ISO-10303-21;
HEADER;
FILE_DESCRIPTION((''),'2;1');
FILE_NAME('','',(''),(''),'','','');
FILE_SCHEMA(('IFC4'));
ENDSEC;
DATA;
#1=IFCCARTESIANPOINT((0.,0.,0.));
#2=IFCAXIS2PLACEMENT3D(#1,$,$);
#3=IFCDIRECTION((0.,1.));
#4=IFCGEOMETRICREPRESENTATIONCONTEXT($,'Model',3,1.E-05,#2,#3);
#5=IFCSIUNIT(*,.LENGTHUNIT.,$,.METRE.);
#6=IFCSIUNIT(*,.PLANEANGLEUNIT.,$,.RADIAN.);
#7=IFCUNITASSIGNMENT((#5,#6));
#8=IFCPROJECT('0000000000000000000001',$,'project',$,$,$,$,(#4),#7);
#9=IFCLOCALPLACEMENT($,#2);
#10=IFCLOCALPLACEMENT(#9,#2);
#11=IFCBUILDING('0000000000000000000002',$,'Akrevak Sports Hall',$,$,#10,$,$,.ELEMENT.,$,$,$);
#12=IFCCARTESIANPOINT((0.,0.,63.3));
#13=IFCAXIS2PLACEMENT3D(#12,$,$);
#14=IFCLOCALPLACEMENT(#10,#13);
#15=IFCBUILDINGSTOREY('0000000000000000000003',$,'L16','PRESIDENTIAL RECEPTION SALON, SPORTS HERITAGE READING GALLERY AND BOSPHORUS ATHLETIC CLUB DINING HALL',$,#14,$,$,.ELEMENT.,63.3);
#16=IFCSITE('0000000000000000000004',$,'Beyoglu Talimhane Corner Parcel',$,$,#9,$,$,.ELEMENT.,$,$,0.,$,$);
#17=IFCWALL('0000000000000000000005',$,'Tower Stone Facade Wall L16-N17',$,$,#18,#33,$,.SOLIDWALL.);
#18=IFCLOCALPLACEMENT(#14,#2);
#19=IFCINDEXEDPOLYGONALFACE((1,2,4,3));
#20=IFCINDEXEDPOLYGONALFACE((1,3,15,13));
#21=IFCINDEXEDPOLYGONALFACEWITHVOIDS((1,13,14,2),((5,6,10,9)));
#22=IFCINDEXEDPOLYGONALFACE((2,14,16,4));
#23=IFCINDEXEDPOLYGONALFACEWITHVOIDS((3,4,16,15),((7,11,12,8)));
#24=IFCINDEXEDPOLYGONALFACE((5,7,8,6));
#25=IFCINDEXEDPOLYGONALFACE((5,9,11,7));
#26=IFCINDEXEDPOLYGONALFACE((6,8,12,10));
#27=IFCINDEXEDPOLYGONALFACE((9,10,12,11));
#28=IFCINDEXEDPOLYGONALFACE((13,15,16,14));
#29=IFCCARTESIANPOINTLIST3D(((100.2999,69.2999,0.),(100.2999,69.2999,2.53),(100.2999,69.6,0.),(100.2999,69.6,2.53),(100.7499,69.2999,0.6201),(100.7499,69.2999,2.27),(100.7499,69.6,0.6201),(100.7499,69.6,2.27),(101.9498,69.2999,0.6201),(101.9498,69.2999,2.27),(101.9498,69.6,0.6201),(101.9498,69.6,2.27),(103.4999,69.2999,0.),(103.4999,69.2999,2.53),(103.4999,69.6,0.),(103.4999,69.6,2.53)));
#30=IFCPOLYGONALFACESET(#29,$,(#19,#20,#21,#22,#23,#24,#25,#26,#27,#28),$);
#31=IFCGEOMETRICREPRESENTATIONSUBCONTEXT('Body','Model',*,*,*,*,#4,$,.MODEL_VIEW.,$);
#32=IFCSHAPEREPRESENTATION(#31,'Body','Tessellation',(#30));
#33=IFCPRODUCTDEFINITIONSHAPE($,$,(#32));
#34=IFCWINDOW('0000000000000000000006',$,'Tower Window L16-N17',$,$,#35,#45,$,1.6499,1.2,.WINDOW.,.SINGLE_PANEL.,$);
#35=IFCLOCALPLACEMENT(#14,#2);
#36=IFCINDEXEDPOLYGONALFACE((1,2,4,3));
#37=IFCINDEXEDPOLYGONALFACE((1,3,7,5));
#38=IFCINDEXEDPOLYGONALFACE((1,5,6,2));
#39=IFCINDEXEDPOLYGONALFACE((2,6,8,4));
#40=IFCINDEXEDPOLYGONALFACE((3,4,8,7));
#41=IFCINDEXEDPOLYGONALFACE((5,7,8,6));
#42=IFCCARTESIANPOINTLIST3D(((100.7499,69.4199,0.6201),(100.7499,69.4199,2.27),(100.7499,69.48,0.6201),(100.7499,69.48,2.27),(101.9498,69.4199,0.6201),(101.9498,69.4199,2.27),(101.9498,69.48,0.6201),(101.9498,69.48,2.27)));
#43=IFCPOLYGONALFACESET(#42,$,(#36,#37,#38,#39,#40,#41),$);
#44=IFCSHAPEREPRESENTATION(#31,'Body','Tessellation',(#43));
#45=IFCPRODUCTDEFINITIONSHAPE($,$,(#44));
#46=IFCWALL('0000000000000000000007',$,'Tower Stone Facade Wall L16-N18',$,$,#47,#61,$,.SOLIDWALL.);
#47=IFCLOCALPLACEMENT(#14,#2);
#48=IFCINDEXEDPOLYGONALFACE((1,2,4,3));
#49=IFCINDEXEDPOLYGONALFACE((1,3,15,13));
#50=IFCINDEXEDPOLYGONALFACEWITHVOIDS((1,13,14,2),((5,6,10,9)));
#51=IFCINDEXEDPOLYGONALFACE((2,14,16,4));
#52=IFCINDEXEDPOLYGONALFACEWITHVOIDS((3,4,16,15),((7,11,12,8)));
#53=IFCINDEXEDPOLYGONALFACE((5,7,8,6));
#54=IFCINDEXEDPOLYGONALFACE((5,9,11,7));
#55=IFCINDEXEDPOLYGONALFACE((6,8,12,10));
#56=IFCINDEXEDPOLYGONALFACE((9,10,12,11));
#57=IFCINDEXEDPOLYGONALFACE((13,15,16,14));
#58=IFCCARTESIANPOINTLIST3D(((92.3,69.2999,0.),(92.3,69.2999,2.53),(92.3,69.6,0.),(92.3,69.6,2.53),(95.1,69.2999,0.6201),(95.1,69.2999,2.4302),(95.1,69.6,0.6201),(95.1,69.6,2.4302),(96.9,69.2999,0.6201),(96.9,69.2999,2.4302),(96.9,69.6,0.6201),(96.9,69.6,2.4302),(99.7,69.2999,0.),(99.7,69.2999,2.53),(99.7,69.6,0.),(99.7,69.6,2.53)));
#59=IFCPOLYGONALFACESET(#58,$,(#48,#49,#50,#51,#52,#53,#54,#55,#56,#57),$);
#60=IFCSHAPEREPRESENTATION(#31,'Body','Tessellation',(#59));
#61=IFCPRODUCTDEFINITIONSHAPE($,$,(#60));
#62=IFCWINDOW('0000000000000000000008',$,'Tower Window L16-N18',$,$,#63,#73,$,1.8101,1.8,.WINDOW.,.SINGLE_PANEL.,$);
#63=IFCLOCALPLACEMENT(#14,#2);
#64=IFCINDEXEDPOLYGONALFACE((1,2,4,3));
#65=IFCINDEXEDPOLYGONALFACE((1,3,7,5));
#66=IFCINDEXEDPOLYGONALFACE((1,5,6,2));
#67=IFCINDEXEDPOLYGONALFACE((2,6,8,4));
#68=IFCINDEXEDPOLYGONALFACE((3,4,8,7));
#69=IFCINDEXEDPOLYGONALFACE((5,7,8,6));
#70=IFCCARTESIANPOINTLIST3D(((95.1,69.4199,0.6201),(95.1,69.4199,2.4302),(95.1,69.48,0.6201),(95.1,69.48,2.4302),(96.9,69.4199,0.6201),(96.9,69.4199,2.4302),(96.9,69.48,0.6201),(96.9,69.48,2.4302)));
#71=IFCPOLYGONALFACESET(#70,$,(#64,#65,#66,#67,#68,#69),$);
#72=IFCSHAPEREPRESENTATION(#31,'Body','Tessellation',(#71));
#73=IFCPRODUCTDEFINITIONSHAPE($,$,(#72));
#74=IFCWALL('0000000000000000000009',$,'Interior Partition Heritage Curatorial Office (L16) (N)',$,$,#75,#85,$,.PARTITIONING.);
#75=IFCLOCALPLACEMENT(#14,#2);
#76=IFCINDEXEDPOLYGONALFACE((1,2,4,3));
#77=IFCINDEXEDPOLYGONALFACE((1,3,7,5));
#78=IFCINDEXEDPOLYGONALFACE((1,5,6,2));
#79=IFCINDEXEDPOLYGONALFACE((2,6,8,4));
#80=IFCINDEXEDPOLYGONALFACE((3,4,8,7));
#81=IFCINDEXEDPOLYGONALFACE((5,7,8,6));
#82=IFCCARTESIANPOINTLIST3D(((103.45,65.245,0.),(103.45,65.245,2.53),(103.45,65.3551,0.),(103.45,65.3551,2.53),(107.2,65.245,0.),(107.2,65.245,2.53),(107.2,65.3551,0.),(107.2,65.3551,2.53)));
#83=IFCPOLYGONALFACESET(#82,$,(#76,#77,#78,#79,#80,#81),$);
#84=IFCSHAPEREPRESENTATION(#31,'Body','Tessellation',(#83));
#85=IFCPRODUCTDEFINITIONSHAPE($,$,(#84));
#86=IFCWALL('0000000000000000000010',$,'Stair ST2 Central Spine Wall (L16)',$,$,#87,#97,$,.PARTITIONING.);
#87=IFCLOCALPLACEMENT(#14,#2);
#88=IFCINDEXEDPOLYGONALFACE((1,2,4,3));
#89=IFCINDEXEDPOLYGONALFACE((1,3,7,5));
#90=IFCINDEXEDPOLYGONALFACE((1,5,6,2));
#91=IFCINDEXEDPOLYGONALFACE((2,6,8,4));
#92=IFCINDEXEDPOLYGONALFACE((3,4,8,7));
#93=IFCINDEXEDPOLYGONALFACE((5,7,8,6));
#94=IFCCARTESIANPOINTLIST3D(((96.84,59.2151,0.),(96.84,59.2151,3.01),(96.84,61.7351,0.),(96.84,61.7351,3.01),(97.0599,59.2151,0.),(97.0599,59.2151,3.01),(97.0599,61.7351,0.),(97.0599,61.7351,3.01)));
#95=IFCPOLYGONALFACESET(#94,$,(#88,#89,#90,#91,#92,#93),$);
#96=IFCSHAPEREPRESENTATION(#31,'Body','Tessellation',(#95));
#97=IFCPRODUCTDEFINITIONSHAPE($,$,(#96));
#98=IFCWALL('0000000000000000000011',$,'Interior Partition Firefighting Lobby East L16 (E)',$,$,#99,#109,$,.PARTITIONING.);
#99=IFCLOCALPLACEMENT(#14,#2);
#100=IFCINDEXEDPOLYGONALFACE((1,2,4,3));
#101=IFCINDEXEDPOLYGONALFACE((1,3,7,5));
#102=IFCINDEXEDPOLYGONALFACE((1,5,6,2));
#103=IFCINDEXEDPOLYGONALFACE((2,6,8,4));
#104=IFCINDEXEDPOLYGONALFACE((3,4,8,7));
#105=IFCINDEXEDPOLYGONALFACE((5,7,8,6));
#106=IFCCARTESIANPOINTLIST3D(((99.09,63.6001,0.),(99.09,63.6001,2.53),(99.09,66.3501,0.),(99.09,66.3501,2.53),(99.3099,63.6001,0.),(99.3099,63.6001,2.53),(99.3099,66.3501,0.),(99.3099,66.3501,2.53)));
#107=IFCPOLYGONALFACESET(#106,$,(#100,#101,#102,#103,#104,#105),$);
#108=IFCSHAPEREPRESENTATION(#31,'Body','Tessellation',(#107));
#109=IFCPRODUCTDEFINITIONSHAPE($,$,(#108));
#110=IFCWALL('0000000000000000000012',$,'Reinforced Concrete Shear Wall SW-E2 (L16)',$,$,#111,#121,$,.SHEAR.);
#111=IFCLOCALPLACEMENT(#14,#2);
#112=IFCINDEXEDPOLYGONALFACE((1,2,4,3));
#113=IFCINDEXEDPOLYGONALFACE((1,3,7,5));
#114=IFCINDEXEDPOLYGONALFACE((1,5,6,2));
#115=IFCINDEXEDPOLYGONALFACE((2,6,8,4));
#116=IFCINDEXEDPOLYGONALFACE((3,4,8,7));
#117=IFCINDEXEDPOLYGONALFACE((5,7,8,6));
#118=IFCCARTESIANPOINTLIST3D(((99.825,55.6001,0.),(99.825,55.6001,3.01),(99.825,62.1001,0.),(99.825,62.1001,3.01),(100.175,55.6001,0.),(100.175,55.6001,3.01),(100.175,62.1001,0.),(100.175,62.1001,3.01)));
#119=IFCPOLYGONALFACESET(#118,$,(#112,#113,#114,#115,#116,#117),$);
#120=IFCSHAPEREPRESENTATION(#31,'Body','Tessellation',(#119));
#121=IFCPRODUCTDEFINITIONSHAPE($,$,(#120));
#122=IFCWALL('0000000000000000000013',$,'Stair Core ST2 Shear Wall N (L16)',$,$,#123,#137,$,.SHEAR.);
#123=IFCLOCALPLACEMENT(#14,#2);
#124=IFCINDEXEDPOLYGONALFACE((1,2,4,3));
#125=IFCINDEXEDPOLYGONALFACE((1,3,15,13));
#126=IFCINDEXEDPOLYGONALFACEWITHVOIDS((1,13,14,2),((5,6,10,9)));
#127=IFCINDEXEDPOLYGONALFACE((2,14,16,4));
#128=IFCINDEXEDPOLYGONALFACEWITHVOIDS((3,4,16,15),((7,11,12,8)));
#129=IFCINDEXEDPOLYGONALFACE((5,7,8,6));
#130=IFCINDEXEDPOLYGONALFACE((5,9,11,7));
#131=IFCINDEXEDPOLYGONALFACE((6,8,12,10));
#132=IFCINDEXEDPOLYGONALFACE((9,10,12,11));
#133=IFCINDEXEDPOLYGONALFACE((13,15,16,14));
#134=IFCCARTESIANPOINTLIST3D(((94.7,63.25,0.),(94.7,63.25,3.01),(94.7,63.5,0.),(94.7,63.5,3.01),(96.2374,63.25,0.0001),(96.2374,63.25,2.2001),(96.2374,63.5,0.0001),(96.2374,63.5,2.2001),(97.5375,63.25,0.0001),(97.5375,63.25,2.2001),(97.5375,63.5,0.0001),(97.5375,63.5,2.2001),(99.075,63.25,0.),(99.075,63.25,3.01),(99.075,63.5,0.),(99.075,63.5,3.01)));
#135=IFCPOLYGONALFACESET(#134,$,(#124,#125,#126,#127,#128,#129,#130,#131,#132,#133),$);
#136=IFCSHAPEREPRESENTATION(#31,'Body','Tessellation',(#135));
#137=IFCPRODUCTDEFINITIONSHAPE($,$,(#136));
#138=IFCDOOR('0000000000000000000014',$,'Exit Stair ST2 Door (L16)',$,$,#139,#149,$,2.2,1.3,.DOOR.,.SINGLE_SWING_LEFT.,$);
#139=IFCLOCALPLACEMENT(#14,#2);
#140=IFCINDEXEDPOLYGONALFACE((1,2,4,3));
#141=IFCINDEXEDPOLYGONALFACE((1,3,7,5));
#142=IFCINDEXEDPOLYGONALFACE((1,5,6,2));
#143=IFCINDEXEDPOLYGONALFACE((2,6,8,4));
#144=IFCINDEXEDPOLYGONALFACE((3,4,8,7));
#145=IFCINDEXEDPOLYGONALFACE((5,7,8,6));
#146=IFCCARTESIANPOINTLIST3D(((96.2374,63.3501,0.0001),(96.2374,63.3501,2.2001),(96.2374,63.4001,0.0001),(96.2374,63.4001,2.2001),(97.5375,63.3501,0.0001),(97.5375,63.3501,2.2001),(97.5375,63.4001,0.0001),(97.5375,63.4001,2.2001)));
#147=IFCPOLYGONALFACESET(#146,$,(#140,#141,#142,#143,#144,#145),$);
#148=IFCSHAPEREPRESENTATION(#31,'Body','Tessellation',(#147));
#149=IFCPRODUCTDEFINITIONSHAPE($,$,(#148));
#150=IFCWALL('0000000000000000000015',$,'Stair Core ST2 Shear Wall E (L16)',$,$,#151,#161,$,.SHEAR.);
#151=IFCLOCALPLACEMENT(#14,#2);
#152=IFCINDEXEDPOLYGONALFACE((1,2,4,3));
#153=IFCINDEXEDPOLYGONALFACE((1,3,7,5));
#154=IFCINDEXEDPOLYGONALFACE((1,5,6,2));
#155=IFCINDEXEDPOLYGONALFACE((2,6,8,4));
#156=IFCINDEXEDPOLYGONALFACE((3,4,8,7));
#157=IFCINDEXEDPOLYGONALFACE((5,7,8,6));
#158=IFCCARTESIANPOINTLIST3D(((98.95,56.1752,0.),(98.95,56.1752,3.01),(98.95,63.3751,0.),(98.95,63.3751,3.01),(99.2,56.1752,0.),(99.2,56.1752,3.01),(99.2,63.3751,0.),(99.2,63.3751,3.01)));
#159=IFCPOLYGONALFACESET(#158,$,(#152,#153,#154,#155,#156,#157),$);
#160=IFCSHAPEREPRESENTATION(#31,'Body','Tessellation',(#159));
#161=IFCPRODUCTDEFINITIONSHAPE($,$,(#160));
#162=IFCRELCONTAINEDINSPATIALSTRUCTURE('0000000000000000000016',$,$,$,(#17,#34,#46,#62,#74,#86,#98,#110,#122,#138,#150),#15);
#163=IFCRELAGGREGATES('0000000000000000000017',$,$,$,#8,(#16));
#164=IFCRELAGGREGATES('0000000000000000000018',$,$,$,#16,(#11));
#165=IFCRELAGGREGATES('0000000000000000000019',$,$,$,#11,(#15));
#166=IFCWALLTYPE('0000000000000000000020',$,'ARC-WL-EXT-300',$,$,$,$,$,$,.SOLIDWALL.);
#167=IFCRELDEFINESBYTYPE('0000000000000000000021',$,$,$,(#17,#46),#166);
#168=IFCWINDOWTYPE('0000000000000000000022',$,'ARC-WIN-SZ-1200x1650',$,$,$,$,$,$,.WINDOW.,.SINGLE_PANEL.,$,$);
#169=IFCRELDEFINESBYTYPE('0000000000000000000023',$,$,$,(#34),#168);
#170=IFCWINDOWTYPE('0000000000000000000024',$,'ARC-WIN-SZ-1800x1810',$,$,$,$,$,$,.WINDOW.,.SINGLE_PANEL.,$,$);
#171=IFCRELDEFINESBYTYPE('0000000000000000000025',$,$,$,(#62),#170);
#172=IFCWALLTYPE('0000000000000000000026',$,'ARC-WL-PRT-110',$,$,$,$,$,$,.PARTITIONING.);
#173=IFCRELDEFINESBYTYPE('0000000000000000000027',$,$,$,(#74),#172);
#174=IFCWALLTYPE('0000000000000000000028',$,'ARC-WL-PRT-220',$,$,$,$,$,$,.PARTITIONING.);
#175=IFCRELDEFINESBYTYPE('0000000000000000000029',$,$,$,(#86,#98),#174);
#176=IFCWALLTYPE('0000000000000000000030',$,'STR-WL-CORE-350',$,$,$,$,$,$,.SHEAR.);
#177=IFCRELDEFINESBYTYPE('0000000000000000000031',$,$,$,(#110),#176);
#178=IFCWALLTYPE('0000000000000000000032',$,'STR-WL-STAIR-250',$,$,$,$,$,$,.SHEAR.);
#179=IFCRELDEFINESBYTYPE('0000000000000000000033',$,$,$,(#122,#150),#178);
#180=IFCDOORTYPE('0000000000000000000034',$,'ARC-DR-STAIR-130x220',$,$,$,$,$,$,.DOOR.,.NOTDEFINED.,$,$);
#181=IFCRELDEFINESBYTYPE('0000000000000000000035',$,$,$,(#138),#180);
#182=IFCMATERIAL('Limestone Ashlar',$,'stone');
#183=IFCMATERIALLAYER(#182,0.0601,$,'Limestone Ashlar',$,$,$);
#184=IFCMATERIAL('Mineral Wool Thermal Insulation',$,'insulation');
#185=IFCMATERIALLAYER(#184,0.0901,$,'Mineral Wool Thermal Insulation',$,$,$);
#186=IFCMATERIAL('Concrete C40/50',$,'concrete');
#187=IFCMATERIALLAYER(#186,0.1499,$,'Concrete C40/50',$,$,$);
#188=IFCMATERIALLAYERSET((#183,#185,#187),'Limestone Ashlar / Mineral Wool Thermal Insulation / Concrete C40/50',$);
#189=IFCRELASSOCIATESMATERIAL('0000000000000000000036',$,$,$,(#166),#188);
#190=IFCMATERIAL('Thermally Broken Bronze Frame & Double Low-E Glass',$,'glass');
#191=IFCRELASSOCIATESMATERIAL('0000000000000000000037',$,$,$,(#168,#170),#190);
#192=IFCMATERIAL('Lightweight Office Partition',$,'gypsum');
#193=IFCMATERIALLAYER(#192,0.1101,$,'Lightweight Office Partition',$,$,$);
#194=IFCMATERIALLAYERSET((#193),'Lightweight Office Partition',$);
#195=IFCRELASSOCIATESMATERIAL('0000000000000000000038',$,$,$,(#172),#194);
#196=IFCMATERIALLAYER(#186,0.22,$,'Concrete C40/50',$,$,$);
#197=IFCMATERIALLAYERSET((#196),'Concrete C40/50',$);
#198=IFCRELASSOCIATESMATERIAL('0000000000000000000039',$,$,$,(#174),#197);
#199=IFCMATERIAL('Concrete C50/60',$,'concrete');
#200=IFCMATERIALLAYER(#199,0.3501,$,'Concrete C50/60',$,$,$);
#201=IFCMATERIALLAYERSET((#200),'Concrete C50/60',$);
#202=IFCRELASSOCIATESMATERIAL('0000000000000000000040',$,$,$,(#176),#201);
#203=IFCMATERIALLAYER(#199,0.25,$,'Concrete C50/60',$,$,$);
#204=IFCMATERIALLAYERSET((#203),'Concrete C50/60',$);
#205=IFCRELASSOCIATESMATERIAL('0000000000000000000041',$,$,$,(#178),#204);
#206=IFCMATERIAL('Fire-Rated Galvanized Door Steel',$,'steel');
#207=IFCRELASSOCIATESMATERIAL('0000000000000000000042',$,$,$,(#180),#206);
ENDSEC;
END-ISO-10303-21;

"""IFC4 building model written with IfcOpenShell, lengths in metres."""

from ifc_helpers import new_model, si_unit, direction, frame, frame_2d, origin, place, context, subcontext, project, spatial, rectangle, extrude, material, layer, layer_set, type_object, element, fill, save


model = new_model("IFC4")

# Units and contexts
model_context = context("Model", 3, precision=1e-05, world=origin(), true_north=direction((0.0, 1.0)))
body_context = subcontext(model_context, "Body", "Model", "MODEL_VIEW")
ifc_project = project(units=[si_unit("LENGTHUNIT", "METRE"), si_unit("PLANEANGLEUNIT", "RADIAN")], contexts=[model_context])

# Site, building, storey
site_placement = place(None, origin())
site = spatial("IfcSite", under=ifc_project, at=site_placement, Name="Beyoglu Talimhane Corner Parcel", CompositionType="ELEMENT", RefElevation=0.0)
building_placement = place(site_placement, origin())
building = spatial("IfcBuilding", under=site, at=building_placement, Name="Akrevak Sports Hall", CompositionType="ELEMENT")
storey_placement = place(building_placement, frame((0.0, 0.0, 63.3)))
storey = spatial("IfcBuildingStorey", under=building, at=storey_placement, Name="L16", Description="PRESIDENTIAL RECEPTION SALON, SPORTS HERITAGE READING GALLERY AND BOSPHORUS ATHLETIC CLUB DINING HALL", CompositionType="ELEMENT", Elevation=63.3)

# Shared definitions
ifc_material_1 = material(Name="Concrete C40/50", Category="concrete")

# Shared definitions
ifc_material_2 = material(Name="Limestone Ashlar", Category="stone")
ifc_layer_1 = layer(ifc_material_2, 0.0601, Name="Limestone Ashlar")
ifc_material_3 = material(Name="Mineral Wool Thermal Insulation", Category="insulation")
ifc_layer_2 = layer(ifc_material_3, 0.0901, Name="Mineral Wool Thermal Insulation")
ifc_layer_3 = layer(ifc_material_1, 0.1499, Name="Concrete C40/50")
ifc_layer_set_1 = layer_set([ifc_layer_1, ifc_layer_2, ifc_layer_3], Name="Limestone Ashlar / Mineral Wool Thermal Insulation / Concrete C40/50")
wall_type_1 = type_object("IfcWallType", Name="ARC-WL-EXT-300", PredefinedType="SOLIDWALL", material=ifc_layer_set_1)
ifc_material_4 = material(Name="Thermally Broken Bronze Frame & Double Low-E Glass", Category="glass")
window_type_1 = type_object("IfcWindowType", Name="ARC-WIN-SZ-1200x1650", PartitioningType="SINGLE_PANEL", PredefinedType="WINDOW", material=ifc_material_4)

# Walls, openings, windows
wall_1_placement = place(storey_placement, frame((103.5, 69.45, 0.0), z_axis=(0.0, 0.0, 1.0), x_axis=(-1.0, 0.0, 0.0)))
wall_1 = element("IfcWall", 1, at=wall_1_placement, inside=storey, type_object=wall_type_1, Name="Tower Stone Facade Wall L16-N17", PredefinedType="SOLIDWALL", context=body_context, shape_type="SweptSolid", body=[
    extrude(rectangle(XDim=3.2, YDim=0.3, at=frame_2d((1.6001, 0.0))), origin(), (0.0, 0.0, 1.0), 2.53),
])
opening_1_placement = place(wall_1_placement, frame((1.55, 0.0, 0.6201)))
opening_1 = element("IfcOpeningElement", 2, at=opening_1_placement, cuts=wall_1, PredefinedType="OPENING", context=body_context, shape_type="SweptSolid", body=[
    extrude(rectangle(XDim=1.2, YDim=1.6499, at=frame_2d((0.6001, 0.825))), frame((0.0, 0.1621, 0.0), z_axis=(0.0, -1.0, 0.0), x_axis=(1.0, 0.0, 0.0)), (0.0, 0.0, 1.0), 0.324),
])
window_1_placement = place(opening_1_placement, origin())
window_1 = element("IfcWindow", 3, at=window_1_placement, inside=storey, type_object=window_type_1, Name="Tower Window L16-N17", OverallHeight=1.6499, OverallWidth=1.2, PartitioningType="SINGLE_PANEL", PredefinedType="WINDOW", context=body_context, shape_type="SweptSolid", body=[
    extrude(rectangle(XDim=1.2, YDim=1.6499, at=frame_2d((0.6001, 0.825))), frame((0.0, 0.03, 0.0), z_axis=(0.0, -1.0, 0.0), x_axis=(1.0, 0.0, 0.0)), (0.0, 0.0, 1.0), 0.0601),
])
fill(opening_1, window_1)
wall_2_placement = place(storey_placement, frame((99.7, 69.45, 0.0), z_axis=(0.0, 0.0, 1.0), x_axis=(-1.0, 0.0, 0.0)))
wall_2 = element("IfcWall", 4, at=wall_2_placement, inside=storey, type_object=wall_type_1, Name="Tower Stone Facade Wall L16-N18", PredefinedType="SOLIDWALL", context=body_context, shape_type="SweptSolid", body=[
    extrude(rectangle(XDim=7.3999, YDim=0.3, at=frame_2d((3.7, 0.0))), origin(), (0.0, 0.0, 1.0), 2.53),
])
opening_2_placement = place(wall_2_placement, frame((2.8, 0.0, 0.6201)))
opening_2 = element("IfcOpeningElement", 5, at=opening_2_placement, cuts=wall_2, PredefinedType="OPENING", context=body_context, shape_type="SweptSolid", body=[
    extrude(rectangle(XDim=1.8, YDim=1.8101, at=frame_2d((0.8999, 0.905))), frame((0.0, 0.1621, 0.0), z_axis=(0.0, -1.0, 0.0), x_axis=(1.0, 0.0, 0.0)), (0.0, 0.0, 1.0), 0.324),
])
window_type_2 = type_object("IfcWindowType", Name="ARC-WIN-SZ-1800x1810", PartitioningType="SINGLE_PANEL", PredefinedType="WINDOW", material=ifc_material_4)
window_2_placement = place(opening_2_placement, origin())
window_2 = element("IfcWindow", 6, at=window_2_placement, inside=storey, type_object=window_type_2, Name="Tower Window L16-N18", OverallHeight=1.8101, OverallWidth=1.8, PartitioningType="SINGLE_PANEL", PredefinedType="WINDOW", context=body_context, shape_type="SweptSolid", body=[
    extrude(rectangle(XDim=1.8, YDim=1.8101, at=frame_2d((0.8999, 0.905))), frame((0.0, 0.03, 0.0), z_axis=(0.0, -1.0, 0.0), x_axis=(1.0, 0.0, 0.0)), (0.0, 0.0, 1.0), 0.0601),
])
fill(opening_2, window_2)

# Walls
ifc_material_5 = material(Name="Lightweight Office Partition", Category="gypsum")
ifc_layer_4 = layer(ifc_material_5, 0.1101, Name="Lightweight Office Partition")
ifc_layer_set_2 = layer_set([ifc_layer_4], Name="Lightweight Office Partition")
wall_type_2 = type_object("IfcWallType", Name="ARC-WL-PRT-110", PredefinedType="PARTITIONING", material=ifc_layer_set_2)
wall_3_placement = place(storey_placement, frame((103.45, 65.3, 0.0), z_axis=(0.0, 0.0, 1.0), x_axis=(1.0, 0.0, 0.0)))
element("IfcWall", 7, at=wall_3_placement, inside=storey, type_object=wall_type_2, Name="Interior Partition Heritage Curatorial Office (L16) (N)", PredefinedType="PARTITIONING", context=body_context, shape_type="SweptSolid", body=[
    extrude(rectangle(XDim=3.75, YDim=0.1101, at=frame_2d((1.875, 0.0))), origin(), (0.0, 0.0, 1.0), 2.53),
])
ifc_layer_5 = layer(ifc_material_1, 0.22, Name="Concrete C40/50")
ifc_layer_set_3 = layer_set([ifc_layer_5], Name="Concrete C40/50")
wall_type_3 = type_object("IfcWallType", Name="ARC-WL-PRT-220", PredefinedType="PARTITIONING", material=ifc_layer_set_3)
wall_4_placement = place(storey_placement, frame((96.95, 59.2151, 0.0), z_axis=(0.0, 0.0, 1.0), x_axis=(0.0, 1.0, 0.0)))
element("IfcWall", 8, at=wall_4_placement, inside=storey, type_object=wall_type_3, Name="Stair ST2 Central Spine Wall (L16)", PredefinedType="PARTITIONING", context=body_context, shape_type="SweptSolid", body=[
    extrude(rectangle(XDim=2.52, YDim=0.22, at=frame_2d((1.26, 0.0))), origin(), (0.0, 0.0, 1.0), 3.01),
])
wall_5_placement = place(storey_placement, frame((99.2, 63.6001, 0.0), z_axis=(0.0, 0.0, 1.0), x_axis=(0.0, 1.0, 0.0)))
element("IfcWall", 9, at=wall_5_placement, inside=storey, type_object=wall_type_3, Name="Interior Partition Firefighting Lobby East L16 (E)", PredefinedType="PARTITIONING", context=body_context, shape_type="SweptSolid", body=[
    extrude(rectangle(XDim=2.75, YDim=0.22, at=frame_2d((1.375, 0.0))), origin(), (0.0, 0.0, 1.0), 2.53),
])
ifc_material_6 = material(Name="Concrete C50/60", Category="concrete")
ifc_layer_6 = layer(ifc_material_6, 0.3501, Name="Concrete C50/60")
ifc_layer_set_4 = layer_set([ifc_layer_6], Name="Concrete C50/60")
wall_type_4 = type_object("IfcWallType", Name="STR-WL-CORE-350", PredefinedType="SHEAR", material=ifc_layer_set_4)
wall_6_placement = place(storey_placement, frame((100.0, 55.6001, 0.0), z_axis=(0.0, 0.0, 1.0), x_axis=(0.0, 1.0, 0.0)))
element("IfcWall", 10, at=wall_6_placement, inside=storey, type_object=wall_type_4, Name="Reinforced Concrete Shear Wall SW-E2 (L16)", PredefinedType="SHEAR", context=body_context, shape_type="SweptSolid", body=[
    extrude(rectangle(XDim=6.5, YDim=0.3501, at=frame_2d((3.25, 0.0))), origin(), (0.0, 0.0, 1.0), 3.01),
])

# Wall, opening, door
ifc_layer_7 = layer(ifc_material_6, 0.25, Name="Concrete C50/60")
ifc_layer_set_5 = layer_set([ifc_layer_7], Name="Concrete C50/60")
wall_type_5 = type_object("IfcWallType", Name="STR-WL-STAIR-250", PredefinedType="SHEAR", material=ifc_layer_set_5)
wall_7_placement = place(storey_placement, frame((99.075, 63.375, 0.0), z_axis=(0.0, 0.0, 1.0), x_axis=(-1.0, 0.0, 0.0)))
wall_7 = element("IfcWall", 11, at=wall_7_placement, inside=storey, type_object=wall_type_5, Name="Stair Core ST2 Shear Wall N (L16)", PredefinedType="SHEAR", context=body_context, shape_type="SweptSolid", body=[
    extrude(rectangle(XDim=4.375, YDim=0.25, at=frame_2d((2.1875, 0.0))), origin(), (0.0, 0.0, 1.0), 3.01),
])
opening_3_placement = place(wall_7_placement, frame((1.5376, 0.0, 0.0)))
opening_3 = element("IfcOpeningElement", 12, at=opening_3_placement, cuts=wall_7, PredefinedType="OPENING", context=body_context, shape_type="SweptSolid", body=[
    extrude(rectangle(XDim=1.3, YDim=2.2, at=frame_2d((0.6499, 1.1001))), frame((0.0, 0.137, 0.0), z_axis=(0.0, -1.0, 0.0), x_axis=(1.0, 0.0, 0.0)), (0.0, 0.0, 1.0), 0.2739),
])
ifc_material_7 = material(Name="Fire-Rated Galvanized Door Steel", Category="steel")
door_type = type_object("IfcDoorType", Name="ARC-DR-STAIR-130x220", OperationType="NOTDEFINED", PredefinedType="DOOR", material=ifc_material_7)
door_placement = place(opening_3_placement, origin())
door = element("IfcDoor", 13, at=door_placement, inside=storey, type_object=door_type, Name="Exit Stair ST2 Door (L16)", OperationType="SINGLE_SWING_LEFT", OverallHeight=2.2, OverallWidth=1.3, PredefinedType="DOOR", context=body_context, shape_type="SweptSolid", body=[
    extrude(rectangle(XDim=1.3, YDim=2.2, at=frame_2d((0.6499, 1.1001))), frame((0.0, 0.0249, 0.0), z_axis=(0.0, -1.0, 0.0), x_axis=(1.0, 0.0, 0.0)), (0.0, 0.0, 1.0), 0.05),
])
fill(opening_3, door)

# Wall
wall_8_placement = place(storey_placement, frame((99.075, 56.175, 0.0), z_axis=(0.0, 0.0, 1.0), x_axis=(0.0, 1.0, 0.0)))
element("IfcWall", 14, at=wall_8_placement, inside=storey, type_object=wall_type_5, Name="Stair Core ST2 Shear Wall E (L16)", PredefinedType="SHEAR", context=body_context, shape_type="SweptSolid", body=[
    extrude(rectangle(XDim=7.2, YDim=0.25, at=frame_2d((3.6001, 0.0))), origin(), (0.0, 0.0, 1.0), 3.01),
])

save(model, "model.ifc")
